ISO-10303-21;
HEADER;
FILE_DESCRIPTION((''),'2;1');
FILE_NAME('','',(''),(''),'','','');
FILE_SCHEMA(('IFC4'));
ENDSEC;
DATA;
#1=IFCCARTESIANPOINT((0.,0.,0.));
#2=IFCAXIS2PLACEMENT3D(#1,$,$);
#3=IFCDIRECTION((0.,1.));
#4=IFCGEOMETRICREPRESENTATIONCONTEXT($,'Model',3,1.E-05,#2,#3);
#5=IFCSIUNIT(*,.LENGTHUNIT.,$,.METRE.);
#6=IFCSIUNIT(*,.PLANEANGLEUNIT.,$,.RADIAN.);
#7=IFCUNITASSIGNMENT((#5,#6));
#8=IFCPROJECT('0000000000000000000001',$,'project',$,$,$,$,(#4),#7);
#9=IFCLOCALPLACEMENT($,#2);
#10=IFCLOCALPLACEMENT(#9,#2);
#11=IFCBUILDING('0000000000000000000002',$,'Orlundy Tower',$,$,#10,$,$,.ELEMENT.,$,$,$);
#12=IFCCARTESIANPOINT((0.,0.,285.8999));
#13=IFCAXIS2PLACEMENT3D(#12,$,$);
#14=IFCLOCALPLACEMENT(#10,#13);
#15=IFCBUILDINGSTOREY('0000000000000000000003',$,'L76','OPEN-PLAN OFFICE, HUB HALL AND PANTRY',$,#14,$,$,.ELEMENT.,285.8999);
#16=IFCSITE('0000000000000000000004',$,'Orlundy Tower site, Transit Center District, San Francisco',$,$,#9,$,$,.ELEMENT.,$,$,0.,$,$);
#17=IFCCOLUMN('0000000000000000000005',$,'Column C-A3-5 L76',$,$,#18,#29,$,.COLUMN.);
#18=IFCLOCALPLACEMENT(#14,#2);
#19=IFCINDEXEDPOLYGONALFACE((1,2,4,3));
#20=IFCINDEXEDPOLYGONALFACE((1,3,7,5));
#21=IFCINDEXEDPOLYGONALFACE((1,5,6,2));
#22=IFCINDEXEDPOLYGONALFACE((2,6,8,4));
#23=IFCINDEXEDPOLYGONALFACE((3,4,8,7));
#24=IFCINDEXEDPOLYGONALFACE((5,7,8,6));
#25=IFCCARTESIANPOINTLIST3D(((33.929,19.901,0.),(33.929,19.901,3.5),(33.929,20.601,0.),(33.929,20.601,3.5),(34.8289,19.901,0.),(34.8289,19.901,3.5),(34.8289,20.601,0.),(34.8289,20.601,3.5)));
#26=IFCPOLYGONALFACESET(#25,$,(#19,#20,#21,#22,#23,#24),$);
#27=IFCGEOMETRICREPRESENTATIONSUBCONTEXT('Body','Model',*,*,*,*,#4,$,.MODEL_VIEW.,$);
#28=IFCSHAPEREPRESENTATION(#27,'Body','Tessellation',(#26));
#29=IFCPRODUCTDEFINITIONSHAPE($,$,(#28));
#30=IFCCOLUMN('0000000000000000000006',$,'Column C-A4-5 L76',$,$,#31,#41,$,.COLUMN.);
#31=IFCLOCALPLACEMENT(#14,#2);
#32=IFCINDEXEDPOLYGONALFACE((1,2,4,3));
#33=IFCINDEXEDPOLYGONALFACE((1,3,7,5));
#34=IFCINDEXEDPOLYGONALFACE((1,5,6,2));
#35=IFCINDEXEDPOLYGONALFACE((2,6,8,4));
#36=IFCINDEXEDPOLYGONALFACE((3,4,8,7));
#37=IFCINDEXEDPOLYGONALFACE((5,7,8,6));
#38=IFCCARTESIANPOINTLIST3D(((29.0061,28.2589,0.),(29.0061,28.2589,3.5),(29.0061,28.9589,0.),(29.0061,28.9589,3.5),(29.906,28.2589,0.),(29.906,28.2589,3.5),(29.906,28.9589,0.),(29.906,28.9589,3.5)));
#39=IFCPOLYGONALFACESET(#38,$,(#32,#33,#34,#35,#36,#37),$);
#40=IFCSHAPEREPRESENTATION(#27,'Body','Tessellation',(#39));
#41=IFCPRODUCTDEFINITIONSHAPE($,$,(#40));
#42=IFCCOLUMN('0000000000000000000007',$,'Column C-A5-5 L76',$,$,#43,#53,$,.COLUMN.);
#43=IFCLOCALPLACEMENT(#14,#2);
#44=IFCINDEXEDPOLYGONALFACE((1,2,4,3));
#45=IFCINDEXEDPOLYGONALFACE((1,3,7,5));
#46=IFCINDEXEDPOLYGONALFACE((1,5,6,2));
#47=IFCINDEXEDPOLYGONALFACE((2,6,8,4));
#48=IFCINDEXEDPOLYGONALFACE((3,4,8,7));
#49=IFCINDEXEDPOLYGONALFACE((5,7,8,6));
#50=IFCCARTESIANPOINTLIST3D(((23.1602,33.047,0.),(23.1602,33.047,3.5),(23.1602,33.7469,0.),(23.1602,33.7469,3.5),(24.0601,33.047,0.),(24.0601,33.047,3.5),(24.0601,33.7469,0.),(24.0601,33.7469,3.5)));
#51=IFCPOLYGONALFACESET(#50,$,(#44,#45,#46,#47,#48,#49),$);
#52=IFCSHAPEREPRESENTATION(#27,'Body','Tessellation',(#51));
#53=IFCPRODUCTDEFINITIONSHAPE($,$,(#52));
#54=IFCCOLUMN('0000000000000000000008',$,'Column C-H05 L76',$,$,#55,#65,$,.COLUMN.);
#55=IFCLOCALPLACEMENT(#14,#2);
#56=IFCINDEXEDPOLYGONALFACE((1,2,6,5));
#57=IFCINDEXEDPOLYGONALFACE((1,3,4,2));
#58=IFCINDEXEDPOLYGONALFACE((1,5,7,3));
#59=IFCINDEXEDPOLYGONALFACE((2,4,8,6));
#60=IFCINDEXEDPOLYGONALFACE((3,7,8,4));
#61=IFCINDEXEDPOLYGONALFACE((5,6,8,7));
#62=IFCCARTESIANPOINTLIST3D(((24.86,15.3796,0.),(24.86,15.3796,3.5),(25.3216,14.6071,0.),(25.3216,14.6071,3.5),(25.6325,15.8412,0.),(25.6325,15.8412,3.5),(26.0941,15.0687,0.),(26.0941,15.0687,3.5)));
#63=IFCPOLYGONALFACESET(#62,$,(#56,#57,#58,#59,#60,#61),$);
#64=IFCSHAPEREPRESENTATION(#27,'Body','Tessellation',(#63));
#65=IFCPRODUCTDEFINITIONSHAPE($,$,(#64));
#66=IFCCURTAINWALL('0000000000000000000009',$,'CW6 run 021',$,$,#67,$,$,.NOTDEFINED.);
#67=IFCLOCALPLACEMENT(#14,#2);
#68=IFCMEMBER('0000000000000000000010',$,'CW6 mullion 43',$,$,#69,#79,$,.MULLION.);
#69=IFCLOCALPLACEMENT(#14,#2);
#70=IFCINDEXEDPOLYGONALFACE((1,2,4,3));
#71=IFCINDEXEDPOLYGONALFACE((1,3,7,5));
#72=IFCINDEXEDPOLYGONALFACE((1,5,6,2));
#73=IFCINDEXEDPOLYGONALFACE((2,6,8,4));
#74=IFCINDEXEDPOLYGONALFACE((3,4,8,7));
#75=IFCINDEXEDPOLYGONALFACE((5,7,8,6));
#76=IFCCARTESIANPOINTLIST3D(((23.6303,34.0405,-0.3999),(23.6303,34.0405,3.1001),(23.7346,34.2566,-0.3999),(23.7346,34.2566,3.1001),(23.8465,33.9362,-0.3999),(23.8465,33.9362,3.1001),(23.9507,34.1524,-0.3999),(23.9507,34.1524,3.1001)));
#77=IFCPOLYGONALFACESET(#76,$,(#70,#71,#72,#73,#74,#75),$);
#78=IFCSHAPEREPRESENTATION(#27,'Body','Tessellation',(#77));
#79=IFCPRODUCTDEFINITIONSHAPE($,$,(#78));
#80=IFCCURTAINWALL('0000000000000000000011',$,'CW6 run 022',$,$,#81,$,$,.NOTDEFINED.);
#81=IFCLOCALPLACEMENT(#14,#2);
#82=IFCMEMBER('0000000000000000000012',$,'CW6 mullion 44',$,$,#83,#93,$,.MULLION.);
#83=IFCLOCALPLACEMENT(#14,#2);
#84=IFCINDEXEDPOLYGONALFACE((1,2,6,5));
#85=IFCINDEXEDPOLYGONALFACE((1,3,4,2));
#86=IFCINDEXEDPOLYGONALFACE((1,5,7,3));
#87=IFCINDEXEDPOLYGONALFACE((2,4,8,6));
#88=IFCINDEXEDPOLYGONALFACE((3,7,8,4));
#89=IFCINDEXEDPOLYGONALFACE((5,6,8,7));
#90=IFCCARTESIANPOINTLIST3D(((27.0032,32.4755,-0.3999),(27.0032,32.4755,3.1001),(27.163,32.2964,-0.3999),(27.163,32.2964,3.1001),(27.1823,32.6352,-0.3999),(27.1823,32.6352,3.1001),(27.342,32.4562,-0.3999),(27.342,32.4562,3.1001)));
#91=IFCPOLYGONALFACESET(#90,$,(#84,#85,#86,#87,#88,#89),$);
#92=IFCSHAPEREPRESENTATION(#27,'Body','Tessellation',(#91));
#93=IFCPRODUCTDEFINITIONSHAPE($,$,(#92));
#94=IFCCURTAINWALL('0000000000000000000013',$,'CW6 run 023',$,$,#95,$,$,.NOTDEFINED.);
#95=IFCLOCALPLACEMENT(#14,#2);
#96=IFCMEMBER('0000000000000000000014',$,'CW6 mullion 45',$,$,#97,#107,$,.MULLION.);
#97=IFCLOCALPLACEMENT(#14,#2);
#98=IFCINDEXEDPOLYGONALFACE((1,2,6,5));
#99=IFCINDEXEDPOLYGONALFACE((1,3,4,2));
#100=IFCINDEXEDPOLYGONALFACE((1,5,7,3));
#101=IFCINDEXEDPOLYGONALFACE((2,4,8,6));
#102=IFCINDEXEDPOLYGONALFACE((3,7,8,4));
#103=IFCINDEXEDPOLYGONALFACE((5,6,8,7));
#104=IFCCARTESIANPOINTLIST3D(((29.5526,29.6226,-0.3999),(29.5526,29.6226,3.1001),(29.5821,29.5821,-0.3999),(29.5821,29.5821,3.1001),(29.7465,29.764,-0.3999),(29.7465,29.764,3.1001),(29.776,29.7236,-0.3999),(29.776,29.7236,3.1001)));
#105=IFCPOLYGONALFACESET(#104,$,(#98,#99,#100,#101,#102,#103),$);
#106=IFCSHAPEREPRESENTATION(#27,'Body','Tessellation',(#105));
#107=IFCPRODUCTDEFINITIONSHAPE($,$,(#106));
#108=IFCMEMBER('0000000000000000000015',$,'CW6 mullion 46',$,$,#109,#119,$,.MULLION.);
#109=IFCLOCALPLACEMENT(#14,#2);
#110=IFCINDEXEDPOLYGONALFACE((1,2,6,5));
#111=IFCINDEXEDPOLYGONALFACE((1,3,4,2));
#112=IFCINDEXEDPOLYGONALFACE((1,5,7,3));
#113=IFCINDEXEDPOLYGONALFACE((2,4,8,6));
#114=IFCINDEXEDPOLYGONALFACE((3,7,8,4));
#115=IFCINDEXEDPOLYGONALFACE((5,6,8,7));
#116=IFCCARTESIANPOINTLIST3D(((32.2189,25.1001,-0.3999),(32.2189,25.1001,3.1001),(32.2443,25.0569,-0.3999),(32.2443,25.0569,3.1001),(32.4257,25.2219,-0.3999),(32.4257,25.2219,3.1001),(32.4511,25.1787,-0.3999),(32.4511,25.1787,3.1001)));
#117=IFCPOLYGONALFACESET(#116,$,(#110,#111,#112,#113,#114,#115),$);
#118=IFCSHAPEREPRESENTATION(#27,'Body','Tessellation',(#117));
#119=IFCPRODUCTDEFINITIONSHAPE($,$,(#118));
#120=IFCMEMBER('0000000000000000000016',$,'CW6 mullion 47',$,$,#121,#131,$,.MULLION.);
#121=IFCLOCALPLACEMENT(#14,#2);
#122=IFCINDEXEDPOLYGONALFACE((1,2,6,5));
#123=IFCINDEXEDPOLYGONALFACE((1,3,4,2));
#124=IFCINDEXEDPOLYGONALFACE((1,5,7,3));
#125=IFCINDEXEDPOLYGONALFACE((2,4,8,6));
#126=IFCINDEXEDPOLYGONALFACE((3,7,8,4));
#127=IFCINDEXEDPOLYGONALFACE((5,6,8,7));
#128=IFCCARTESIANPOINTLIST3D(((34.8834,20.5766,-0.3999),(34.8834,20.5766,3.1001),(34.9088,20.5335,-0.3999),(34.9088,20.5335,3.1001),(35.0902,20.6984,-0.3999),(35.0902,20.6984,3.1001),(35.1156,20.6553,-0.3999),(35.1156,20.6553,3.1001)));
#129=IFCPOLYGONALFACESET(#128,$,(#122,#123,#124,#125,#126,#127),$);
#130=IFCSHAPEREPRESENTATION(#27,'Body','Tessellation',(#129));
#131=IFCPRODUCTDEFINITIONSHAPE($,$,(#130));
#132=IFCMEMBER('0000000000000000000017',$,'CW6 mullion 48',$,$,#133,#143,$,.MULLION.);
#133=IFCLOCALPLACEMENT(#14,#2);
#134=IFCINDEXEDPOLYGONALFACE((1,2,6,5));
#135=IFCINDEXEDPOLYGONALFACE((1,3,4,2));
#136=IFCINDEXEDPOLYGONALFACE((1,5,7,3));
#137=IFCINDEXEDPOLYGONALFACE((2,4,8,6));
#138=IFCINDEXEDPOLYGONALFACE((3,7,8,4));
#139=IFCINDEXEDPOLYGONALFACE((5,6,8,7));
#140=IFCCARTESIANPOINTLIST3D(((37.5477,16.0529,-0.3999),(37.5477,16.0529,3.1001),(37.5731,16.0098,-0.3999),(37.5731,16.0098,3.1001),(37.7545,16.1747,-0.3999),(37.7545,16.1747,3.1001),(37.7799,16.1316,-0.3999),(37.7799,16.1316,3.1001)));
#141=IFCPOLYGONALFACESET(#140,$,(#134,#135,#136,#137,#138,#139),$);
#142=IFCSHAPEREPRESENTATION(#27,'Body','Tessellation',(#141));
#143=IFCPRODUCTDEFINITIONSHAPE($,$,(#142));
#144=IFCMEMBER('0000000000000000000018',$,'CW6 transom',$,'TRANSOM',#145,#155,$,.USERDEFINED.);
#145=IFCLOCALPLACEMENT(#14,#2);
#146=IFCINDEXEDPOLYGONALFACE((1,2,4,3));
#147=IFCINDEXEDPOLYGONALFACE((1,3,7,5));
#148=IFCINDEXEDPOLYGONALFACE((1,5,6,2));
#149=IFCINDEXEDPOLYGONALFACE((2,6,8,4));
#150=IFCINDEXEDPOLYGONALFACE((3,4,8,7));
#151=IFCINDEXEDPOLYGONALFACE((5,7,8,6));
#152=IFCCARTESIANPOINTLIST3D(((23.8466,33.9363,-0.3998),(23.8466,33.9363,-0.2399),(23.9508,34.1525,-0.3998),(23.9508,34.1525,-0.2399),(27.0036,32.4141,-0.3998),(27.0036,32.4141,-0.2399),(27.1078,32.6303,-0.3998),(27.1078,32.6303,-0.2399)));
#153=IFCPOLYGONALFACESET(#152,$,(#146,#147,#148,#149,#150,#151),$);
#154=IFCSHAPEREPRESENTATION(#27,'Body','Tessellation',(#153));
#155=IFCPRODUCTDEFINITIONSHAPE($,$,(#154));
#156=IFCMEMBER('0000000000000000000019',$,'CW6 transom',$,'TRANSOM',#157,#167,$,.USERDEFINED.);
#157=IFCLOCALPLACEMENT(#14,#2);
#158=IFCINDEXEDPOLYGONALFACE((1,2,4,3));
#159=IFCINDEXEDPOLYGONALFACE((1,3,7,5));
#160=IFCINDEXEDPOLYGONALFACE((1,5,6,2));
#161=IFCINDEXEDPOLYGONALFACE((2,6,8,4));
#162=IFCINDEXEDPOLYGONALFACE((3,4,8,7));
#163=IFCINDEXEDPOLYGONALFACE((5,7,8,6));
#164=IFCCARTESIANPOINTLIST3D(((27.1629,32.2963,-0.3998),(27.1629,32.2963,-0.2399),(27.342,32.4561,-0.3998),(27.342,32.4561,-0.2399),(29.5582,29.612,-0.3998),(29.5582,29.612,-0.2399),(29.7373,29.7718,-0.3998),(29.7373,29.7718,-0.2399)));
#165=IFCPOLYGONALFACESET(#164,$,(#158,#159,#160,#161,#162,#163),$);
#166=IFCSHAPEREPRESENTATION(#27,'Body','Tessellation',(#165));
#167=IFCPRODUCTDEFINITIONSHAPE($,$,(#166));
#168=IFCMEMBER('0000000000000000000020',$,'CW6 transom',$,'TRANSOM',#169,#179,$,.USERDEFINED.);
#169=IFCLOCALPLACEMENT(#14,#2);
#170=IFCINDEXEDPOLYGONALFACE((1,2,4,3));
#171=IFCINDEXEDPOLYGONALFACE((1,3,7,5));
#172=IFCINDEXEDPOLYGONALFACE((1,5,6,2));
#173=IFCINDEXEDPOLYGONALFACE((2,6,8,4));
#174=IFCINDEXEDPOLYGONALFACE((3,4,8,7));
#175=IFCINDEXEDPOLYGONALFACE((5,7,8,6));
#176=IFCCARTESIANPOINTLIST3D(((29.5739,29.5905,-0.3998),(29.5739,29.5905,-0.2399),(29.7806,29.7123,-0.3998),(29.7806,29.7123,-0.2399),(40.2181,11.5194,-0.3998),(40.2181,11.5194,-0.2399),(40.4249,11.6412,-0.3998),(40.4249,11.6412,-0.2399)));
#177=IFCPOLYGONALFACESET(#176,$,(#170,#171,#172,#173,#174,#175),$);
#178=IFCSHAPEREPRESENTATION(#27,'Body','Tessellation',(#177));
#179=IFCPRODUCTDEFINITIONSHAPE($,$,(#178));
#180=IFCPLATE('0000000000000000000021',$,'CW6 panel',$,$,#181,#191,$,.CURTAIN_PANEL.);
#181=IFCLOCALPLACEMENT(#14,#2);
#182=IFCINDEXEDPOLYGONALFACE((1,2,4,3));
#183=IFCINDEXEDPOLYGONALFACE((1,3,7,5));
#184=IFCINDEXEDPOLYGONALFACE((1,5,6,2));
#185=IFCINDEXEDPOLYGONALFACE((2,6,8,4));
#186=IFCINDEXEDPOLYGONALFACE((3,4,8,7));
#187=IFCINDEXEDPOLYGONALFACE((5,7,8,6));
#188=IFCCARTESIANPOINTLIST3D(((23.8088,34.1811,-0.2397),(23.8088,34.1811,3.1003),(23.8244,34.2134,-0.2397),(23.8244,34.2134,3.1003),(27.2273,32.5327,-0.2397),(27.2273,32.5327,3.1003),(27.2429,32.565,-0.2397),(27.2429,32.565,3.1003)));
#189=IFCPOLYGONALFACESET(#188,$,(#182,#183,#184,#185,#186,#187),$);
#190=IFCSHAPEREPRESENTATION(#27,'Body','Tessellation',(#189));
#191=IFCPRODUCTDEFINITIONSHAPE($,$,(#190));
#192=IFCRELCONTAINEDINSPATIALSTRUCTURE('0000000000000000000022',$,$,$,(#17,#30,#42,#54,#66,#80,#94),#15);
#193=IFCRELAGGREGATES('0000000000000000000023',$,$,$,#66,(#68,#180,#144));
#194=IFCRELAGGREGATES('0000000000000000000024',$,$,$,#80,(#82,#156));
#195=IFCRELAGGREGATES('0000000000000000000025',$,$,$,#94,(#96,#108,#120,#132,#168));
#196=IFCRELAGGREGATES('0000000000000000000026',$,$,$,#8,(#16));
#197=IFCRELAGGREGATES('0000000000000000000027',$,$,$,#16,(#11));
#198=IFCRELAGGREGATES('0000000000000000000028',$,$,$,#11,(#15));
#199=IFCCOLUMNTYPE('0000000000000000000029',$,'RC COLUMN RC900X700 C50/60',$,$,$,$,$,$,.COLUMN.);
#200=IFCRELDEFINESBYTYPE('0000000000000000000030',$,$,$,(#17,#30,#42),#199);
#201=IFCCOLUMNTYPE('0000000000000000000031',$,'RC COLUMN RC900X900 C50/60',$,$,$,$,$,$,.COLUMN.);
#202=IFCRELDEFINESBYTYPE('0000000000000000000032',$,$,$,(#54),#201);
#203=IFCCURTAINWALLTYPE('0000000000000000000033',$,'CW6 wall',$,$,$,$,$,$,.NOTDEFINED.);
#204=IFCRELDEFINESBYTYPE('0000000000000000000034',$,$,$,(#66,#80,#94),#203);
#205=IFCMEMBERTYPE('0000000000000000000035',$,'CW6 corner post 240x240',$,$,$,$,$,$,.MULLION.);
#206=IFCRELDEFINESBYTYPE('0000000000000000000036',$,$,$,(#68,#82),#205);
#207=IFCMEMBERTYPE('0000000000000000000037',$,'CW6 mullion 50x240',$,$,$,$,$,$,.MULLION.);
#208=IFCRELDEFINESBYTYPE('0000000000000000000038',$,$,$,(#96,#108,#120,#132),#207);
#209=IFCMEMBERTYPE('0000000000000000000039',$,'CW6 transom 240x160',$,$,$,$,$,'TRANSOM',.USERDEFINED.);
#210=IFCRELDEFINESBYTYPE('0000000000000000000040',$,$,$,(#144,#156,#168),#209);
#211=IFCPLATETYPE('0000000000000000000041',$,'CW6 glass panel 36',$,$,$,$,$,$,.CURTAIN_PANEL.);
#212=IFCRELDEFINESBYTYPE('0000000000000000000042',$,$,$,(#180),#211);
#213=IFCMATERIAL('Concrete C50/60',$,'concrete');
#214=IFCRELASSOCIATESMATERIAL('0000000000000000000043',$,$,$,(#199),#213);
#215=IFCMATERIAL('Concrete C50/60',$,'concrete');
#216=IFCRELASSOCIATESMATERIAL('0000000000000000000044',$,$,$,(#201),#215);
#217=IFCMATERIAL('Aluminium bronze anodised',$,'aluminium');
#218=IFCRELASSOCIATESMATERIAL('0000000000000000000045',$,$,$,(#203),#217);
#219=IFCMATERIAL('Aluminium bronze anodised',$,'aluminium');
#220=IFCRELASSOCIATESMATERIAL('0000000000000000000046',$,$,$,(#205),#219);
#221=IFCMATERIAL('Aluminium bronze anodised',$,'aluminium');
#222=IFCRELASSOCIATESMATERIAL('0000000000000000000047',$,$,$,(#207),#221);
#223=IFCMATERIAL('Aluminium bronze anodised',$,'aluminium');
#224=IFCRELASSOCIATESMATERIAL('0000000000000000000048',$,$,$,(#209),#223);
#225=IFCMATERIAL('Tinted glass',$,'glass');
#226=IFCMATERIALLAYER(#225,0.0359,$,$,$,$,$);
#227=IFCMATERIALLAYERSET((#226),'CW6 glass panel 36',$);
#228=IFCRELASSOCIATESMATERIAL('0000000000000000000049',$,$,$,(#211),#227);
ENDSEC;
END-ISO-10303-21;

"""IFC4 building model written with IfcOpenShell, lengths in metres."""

from ifc_helpers import new_model, si_unit, direction, frame, origin, origin_2d, place, context, subcontext, project, spatial, rectangle, extrude, material, layer, layer_set, material_profile, profile_set, type_object, element, aggregate, save


model = new_model("IFC4")

# Units and contexts
model_context = context("Model", 3, precision=1e-05, world=origin(), true_north=direction((0.0, 1.0)))
body_context = subcontext(model_context, "Body", "Model", "MODEL_VIEW")
ifc_project = project(units=[si_unit("LENGTHUNIT", "METRE"), si_unit("PLANEANGLEUNIT", "RADIAN")], contexts=[model_context])

# Site, building, storey
site_placement = place(None, origin())
site = spatial("IfcSite", under=ifc_project, at=site_placement, Name="Orlundy Tower site, Transit Center District, San Francisco", CompositionType="ELEMENT", RefElevation=0.0)
building_placement = place(site_placement, origin())
building = spatial("IfcBuilding", under=site, at=building_placement, Name="Orlundy Tower", CompositionType="ELEMENT")
storey_placement = place(building_placement, frame((0.0, 0.0, 285.8999)))
storey = spatial("IfcBuildingStorey", under=building, at=storey_placement, Name="L76", Description="OPEN-PLAN OFFICE, HUB HALL AND PANTRY", CompositionType="ELEMENT", Elevation=285.8999)

# Columns
ifc_material_1 = material(Name="Concrete C50/60", Category="concrete")
ifc_material_profile_1 = material_profile(ifc_material_1, rectangle(XDim=0.8999, YDim=0.7, at=origin_2d()), Name="RC900X700")
ifc_profile_set_1 = profile_set([ifc_material_profile_1], Name="Concrete C50/60")
column_type_1 = type_object("IfcColumnType", Name="RC COLUMN RC900X700 C50/60", PredefinedType="COLUMN", material=ifc_profile_set_1)
for number, where, z_axis, x_axis, name in (
    (1, (34.3789, 20.251, 0.0), (0.0, 0.0, 1.0), (1.0, 0.0, 0.0), "Column C-A3-5 L76"),
    (2, (29.4561, 28.6089, 0.0), (0.0, 0.0, 1.0), (1.0, 0.0, 0.0), "Column C-A4-5 L76"),
    (3, (23.6101, 33.397, 0.0), (0.0, 0.0, 1.0), (1.0, 0.0, 0.0), "Column C-A5-5 L76"),
):
    element("IfcColumn", number, at=place(storey_placement, frame(where, z_axis=z_axis, x_axis=x_axis)), inside=storey, type_object=column_type_1, Name=name, PredefinedType="COLUMN", context=body_context, shape_type="SweptSolid", body=[
        extrude(rectangle(XDim=0.8999, YDim=0.7, at=origin_2d()), origin(), (0.0, 0.0, 1.0), 3.5),
    ])
ifc_material_2 = material(Name="Concrete C50/60", Category="concrete")
ifc_material_profile_2 = material_profile(ifc_material_2, rectangle(XDim=0.8999, YDim=0.8999, at=origin_2d()), Name="RC900X900")
ifc_profile_set_2 = profile_set([ifc_material_profile_2], Name="Concrete C50/60")
column_type_2 = type_object("IfcColumnType", Name="RC COLUMN RC900X900 C50/60", PredefinedType="COLUMN", material=ifc_profile_set_2)
column_placement = place(storey_placement, frame((25.4771, 15.2241, 0.0), z_axis=(0.0, 0.0, 1.0), x_axis=(0.858414, 0.512957, 0.0)))
element("IfcColumn", 4, at=column_placement, inside=storey, type_object=column_type_2, Name="Column C-H05 L76", PredefinedType="COLUMN", context=body_context, shape_type="SweptSolid", body=[
    extrude(rectangle(XDim=0.8999, YDim=0.8999, at=origin_2d()), origin(), (0.0, 0.0, 1.0), 3.5),
])

# Curtain walls, members
ifc_material_3 = material(Name="Aluminium bronze anodised", Category="aluminium")
curtain_wall_type = type_object("IfcCurtainWallType", Name="CW6 wall", PredefinedType="NOTDEFINED", material=ifc_material_3)
curtain_wall_1_placement = place(storey_placement, origin())
curtain_wall_1 = element("IfcCurtainWall", 5, at=curtain_wall_1_placement, inside=storey, type_object=curtain_wall_type, Name="CW6 run 021", PredefinedType="NOTDEFINED")
ifc_material_4 = material(Name="Aluminium bronze anodised", Category="aluminium")
ifc_material_profile_3 = material_profile(ifc_material_4, rectangle(XDim=0.24, YDim=0.24, at=origin_2d()), Name="CW6 corner post 240x240")
ifc_profile_set_3 = profile_set([ifc_material_profile_3], Name="Aluminium bronze anodised")
member_type_1 = type_object("IfcMemberType", Name="CW6 corner post 240x240", PredefinedType="MULLION", material=ifc_profile_set_3)
member_1_placement = place(storey_placement, frame((23.7905, 34.0964, -0.3999), z_axis=(0.0, 0.0, 1.0), x_axis=(0.434327, 0.900755, 0.0)))
member_1 = element("IfcMember", 6, at=member_1_placement, type_object=member_type_1, Name="CW6 mullion 43", PredefinedType="MULLION", context=body_context, shape_type="SweptSolid", body=[
    extrude(rectangle(XDim=0.24, YDim=0.24, at=origin_2d()), origin(), (0.0, 0.0, 1.0), 3.5),
])
curtain_wall_2_placement = place(storey_placement, origin())
curtain_wall_2 = element("IfcCurtainWall", 7, at=curtain_wall_2_placement, inside=storey, type_object=curtain_wall_type, Name="CW6 run 022", PredefinedType="NOTDEFINED")
member_2_placement = place(storey_placement, frame((27.1726, 32.4658, -0.3999), z_axis=(0.0, 0.0, 1.0), x_axis=(0.746158, 0.665769, 0.0)))
member_2 = element("IfcMember", 8, at=member_2_placement, type_object=member_type_1, Name="CW6 mullion 44", PredefinedType="MULLION", context=body_context, shape_type="SweptSolid", body=[
    extrude(rectangle(XDim=0.24, YDim=0.24, at=origin_2d()), origin(), (0.0, 0.0, 1.0), 3.5),
])

# Curtain wall, members
curtain_wall_3_placement = place(storey_placement, origin())
curtain_wall_3 = element("IfcCurtainWall", 9, at=curtain_wall_3_placement, inside=storey, type_object=curtain_wall_type, Name="CW6 run 023", PredefinedType="NOTDEFINED")
ifc_material_5 = material(Name="Aluminium bronze anodised", Category="aluminium")
ifc_material_profile_4 = material_profile(ifc_material_5, rectangle(XDim=0.24, YDim=0.05, at=origin_2d()), Name="CW6 mullion 50x240")
ifc_profile_set_4 = profile_set([ifc_material_profile_4], Name="Aluminium bronze anodised")
member_type_2 = type_object("IfcMemberType", Name="CW6 mullion 50x240", PredefinedType="MULLION", material=ifc_profile_set_4)
member_3_placement = place(storey_placement, frame((29.6643, 29.6731, -0.3999), z_axis=(0.0, 0.0, 1.0), x_axis=(0.807779, 0.589485, 0.0)))
member_3 = element("IfcMember", 10, at=member_3_placement, type_object=member_type_2, Name="CW6 mullion 45", PredefinedType="MULLION", context=body_context, shape_type="SweptSolid", body=[
    extrude(rectangle(XDim=0.24, YDim=0.05, at=origin_2d()), origin(), (0.0, 0.0, 1.0), 3.5),
])
member_4_placement = place(storey_placement, frame((32.335, 25.1394, -0.3999), z_axis=(0.0, 0.0, 1.0), x_axis=(0.861633, 0.507532, 0.0)))
member_4 = element("IfcMember", 11, at=member_4_placement, type_object=member_type_2, Name="CW6 mullion 46", PredefinedType="MULLION", context=body_context, shape_type="SweptSolid", body=[
    extrude(rectangle(XDim=0.24, YDim=0.05, at=origin_2d()), origin(), (0.0, 0.0, 1.0), 3.5),
])
member_5_placement = place(storey_placement, frame((34.9995, 20.616, -0.3999), z_axis=(0.0, 0.0, 1.0), x_axis=(0.861633, 0.507532, 0.0)))
member_5 = element("IfcMember", 12, at=member_5_placement, type_object=member_type_2, Name="CW6 mullion 47", PredefinedType="MULLION", context=body_context, shape_type="SweptSolid", body=[
    extrude(rectangle(XDim=0.24, YDim=0.05, at=origin_2d()), origin(), (0.0, 0.0, 1.0), 3.5),
])
member_6_placement = place(storey_placement, frame((37.6638, 16.0923, -0.3999), z_axis=(0.0, 0.0, 1.0), x_axis=(0.861633, 0.507532, 0.0)))
member_6 = element("IfcMember", 13, at=member_6_placement, type_object=member_type_2, Name="CW6 mullion 48", PredefinedType="MULLION", context=body_context, shape_type="SweptSolid", body=[
    extrude(rectangle(XDim=0.24, YDim=0.05, at=origin_2d()), origin(), (0.0, 0.0, 1.0), 3.5),
])

# Members
ifc_material_6 = material(Name="Aluminium bronze anodised", Category="aluminium")
ifc_material_profile_5 = material_profile(ifc_material_6, rectangle(XDim=0.24, YDim=0.1599, at=origin_2d()), Name="CW6 transom 240x160")
ifc_profile_set_5 = profile_set([ifc_material_profile_5], Name="Aluminium bronze anodised")
member_type_3 = type_object("IfcMemberType", Name="CW6 transom 240x160", ElementType="TRANSOM", PredefinedType="USERDEFINED", material=ifc_profile_set_5)
member_7_placement = place(storey_placement, frame((23.8987, 34.0444, -0.3198), z_axis=(0.900757, -0.434322, 0.0), x_axis=(0.434322, 0.900757, 0.0)))
member_7 = element("IfcMember", 14, at=member_7_placement, type_object=member_type_3, Name="CW6 transom", ObjectType="TRANSOM", PredefinedType="USERDEFINED", context=body_context, shape_type="SweptSolid", body=[
    extrude(rectangle(XDim=0.24, YDim=0.1599, at=origin_2d()), origin(), (0.0, 0.0, 1.0), 3.5049),
])
member_8_placement = place(storey_placement, frame((27.2524, 32.3762, -0.3198), z_axis=(0.665791, -0.746139, 0.0), x_axis=(0.746139, 0.665791, 0.0)))
member_8 = element("IfcMember", 15, at=member_8_placement, type_object=member_type_3, Name="CW6 transom", ObjectType="TRANSOM", PredefinedType="USERDEFINED", context=body_context, shape_type="SweptSolid", body=[
    extrude(rectangle(XDim=0.24, YDim=0.1599, at=origin_2d()), origin(), (0.0, 0.0, 1.0), 3.5977),
])
member_9_placement = place(storey_placement, frame((29.6772, 29.6514, -0.3198), z_axis=(0.507525, -0.861637, 0.0), x_axis=(0.861637, 0.507525, 0.0)))
member_9 = element("IfcMember", 16, at=member_9_placement, type_object=member_type_3, Name="CW6 transom", ObjectType="TRANSOM", PredefinedType="USERDEFINED", context=body_context, shape_type="SweptSolid", body=[
    extrude(rectangle(XDim=0.24, YDim=0.1599, at=origin_2d()), origin(), (0.0, 0.0, 1.0), 20.9729),
])

# Plate
ifc_material_7 = material(Name="Tinted glass", Category="glass")
ifc_layer = layer(ifc_material_7, 0.0359)
ifc_layer_set = layer_set([ifc_layer], Name="CW6 glass panel 36")
plate_type = type_object("IfcPlateType", Name="CW6 glass panel 36", PredefinedType="CURTAIN_PANEL", material=ifc_layer_set)
plate_1_placement = place(storey_placement, frame((25.5259, 33.373, -0.2397), z_axis=(0.0, 0.0, 1.0), x_axis=(0.900755, -0.434327, 0.0)))
plate_1 = element("IfcPlate", 17, at=plate_1_placement, type_object=plate_type, Name="CW6 panel", PredefinedType="CURTAIN_PANEL", context=body_context, shape_type="SweptSolid", body=[
    extrude(rectangle(XDim=3.7952, YDim=0.0359, at=origin_2d()), origin(), (0.0, 0.0, 1.0), 3.3401),
])
aggregate(curtain_wall_1, [member_1, plate_1, member_7])
aggregate(curtain_wall_2, [member_2, member_8])
aggregate(curtain_wall_3, [member_3, member_4, member_5, member_6, member_9])

save(model, "model.ifc")
